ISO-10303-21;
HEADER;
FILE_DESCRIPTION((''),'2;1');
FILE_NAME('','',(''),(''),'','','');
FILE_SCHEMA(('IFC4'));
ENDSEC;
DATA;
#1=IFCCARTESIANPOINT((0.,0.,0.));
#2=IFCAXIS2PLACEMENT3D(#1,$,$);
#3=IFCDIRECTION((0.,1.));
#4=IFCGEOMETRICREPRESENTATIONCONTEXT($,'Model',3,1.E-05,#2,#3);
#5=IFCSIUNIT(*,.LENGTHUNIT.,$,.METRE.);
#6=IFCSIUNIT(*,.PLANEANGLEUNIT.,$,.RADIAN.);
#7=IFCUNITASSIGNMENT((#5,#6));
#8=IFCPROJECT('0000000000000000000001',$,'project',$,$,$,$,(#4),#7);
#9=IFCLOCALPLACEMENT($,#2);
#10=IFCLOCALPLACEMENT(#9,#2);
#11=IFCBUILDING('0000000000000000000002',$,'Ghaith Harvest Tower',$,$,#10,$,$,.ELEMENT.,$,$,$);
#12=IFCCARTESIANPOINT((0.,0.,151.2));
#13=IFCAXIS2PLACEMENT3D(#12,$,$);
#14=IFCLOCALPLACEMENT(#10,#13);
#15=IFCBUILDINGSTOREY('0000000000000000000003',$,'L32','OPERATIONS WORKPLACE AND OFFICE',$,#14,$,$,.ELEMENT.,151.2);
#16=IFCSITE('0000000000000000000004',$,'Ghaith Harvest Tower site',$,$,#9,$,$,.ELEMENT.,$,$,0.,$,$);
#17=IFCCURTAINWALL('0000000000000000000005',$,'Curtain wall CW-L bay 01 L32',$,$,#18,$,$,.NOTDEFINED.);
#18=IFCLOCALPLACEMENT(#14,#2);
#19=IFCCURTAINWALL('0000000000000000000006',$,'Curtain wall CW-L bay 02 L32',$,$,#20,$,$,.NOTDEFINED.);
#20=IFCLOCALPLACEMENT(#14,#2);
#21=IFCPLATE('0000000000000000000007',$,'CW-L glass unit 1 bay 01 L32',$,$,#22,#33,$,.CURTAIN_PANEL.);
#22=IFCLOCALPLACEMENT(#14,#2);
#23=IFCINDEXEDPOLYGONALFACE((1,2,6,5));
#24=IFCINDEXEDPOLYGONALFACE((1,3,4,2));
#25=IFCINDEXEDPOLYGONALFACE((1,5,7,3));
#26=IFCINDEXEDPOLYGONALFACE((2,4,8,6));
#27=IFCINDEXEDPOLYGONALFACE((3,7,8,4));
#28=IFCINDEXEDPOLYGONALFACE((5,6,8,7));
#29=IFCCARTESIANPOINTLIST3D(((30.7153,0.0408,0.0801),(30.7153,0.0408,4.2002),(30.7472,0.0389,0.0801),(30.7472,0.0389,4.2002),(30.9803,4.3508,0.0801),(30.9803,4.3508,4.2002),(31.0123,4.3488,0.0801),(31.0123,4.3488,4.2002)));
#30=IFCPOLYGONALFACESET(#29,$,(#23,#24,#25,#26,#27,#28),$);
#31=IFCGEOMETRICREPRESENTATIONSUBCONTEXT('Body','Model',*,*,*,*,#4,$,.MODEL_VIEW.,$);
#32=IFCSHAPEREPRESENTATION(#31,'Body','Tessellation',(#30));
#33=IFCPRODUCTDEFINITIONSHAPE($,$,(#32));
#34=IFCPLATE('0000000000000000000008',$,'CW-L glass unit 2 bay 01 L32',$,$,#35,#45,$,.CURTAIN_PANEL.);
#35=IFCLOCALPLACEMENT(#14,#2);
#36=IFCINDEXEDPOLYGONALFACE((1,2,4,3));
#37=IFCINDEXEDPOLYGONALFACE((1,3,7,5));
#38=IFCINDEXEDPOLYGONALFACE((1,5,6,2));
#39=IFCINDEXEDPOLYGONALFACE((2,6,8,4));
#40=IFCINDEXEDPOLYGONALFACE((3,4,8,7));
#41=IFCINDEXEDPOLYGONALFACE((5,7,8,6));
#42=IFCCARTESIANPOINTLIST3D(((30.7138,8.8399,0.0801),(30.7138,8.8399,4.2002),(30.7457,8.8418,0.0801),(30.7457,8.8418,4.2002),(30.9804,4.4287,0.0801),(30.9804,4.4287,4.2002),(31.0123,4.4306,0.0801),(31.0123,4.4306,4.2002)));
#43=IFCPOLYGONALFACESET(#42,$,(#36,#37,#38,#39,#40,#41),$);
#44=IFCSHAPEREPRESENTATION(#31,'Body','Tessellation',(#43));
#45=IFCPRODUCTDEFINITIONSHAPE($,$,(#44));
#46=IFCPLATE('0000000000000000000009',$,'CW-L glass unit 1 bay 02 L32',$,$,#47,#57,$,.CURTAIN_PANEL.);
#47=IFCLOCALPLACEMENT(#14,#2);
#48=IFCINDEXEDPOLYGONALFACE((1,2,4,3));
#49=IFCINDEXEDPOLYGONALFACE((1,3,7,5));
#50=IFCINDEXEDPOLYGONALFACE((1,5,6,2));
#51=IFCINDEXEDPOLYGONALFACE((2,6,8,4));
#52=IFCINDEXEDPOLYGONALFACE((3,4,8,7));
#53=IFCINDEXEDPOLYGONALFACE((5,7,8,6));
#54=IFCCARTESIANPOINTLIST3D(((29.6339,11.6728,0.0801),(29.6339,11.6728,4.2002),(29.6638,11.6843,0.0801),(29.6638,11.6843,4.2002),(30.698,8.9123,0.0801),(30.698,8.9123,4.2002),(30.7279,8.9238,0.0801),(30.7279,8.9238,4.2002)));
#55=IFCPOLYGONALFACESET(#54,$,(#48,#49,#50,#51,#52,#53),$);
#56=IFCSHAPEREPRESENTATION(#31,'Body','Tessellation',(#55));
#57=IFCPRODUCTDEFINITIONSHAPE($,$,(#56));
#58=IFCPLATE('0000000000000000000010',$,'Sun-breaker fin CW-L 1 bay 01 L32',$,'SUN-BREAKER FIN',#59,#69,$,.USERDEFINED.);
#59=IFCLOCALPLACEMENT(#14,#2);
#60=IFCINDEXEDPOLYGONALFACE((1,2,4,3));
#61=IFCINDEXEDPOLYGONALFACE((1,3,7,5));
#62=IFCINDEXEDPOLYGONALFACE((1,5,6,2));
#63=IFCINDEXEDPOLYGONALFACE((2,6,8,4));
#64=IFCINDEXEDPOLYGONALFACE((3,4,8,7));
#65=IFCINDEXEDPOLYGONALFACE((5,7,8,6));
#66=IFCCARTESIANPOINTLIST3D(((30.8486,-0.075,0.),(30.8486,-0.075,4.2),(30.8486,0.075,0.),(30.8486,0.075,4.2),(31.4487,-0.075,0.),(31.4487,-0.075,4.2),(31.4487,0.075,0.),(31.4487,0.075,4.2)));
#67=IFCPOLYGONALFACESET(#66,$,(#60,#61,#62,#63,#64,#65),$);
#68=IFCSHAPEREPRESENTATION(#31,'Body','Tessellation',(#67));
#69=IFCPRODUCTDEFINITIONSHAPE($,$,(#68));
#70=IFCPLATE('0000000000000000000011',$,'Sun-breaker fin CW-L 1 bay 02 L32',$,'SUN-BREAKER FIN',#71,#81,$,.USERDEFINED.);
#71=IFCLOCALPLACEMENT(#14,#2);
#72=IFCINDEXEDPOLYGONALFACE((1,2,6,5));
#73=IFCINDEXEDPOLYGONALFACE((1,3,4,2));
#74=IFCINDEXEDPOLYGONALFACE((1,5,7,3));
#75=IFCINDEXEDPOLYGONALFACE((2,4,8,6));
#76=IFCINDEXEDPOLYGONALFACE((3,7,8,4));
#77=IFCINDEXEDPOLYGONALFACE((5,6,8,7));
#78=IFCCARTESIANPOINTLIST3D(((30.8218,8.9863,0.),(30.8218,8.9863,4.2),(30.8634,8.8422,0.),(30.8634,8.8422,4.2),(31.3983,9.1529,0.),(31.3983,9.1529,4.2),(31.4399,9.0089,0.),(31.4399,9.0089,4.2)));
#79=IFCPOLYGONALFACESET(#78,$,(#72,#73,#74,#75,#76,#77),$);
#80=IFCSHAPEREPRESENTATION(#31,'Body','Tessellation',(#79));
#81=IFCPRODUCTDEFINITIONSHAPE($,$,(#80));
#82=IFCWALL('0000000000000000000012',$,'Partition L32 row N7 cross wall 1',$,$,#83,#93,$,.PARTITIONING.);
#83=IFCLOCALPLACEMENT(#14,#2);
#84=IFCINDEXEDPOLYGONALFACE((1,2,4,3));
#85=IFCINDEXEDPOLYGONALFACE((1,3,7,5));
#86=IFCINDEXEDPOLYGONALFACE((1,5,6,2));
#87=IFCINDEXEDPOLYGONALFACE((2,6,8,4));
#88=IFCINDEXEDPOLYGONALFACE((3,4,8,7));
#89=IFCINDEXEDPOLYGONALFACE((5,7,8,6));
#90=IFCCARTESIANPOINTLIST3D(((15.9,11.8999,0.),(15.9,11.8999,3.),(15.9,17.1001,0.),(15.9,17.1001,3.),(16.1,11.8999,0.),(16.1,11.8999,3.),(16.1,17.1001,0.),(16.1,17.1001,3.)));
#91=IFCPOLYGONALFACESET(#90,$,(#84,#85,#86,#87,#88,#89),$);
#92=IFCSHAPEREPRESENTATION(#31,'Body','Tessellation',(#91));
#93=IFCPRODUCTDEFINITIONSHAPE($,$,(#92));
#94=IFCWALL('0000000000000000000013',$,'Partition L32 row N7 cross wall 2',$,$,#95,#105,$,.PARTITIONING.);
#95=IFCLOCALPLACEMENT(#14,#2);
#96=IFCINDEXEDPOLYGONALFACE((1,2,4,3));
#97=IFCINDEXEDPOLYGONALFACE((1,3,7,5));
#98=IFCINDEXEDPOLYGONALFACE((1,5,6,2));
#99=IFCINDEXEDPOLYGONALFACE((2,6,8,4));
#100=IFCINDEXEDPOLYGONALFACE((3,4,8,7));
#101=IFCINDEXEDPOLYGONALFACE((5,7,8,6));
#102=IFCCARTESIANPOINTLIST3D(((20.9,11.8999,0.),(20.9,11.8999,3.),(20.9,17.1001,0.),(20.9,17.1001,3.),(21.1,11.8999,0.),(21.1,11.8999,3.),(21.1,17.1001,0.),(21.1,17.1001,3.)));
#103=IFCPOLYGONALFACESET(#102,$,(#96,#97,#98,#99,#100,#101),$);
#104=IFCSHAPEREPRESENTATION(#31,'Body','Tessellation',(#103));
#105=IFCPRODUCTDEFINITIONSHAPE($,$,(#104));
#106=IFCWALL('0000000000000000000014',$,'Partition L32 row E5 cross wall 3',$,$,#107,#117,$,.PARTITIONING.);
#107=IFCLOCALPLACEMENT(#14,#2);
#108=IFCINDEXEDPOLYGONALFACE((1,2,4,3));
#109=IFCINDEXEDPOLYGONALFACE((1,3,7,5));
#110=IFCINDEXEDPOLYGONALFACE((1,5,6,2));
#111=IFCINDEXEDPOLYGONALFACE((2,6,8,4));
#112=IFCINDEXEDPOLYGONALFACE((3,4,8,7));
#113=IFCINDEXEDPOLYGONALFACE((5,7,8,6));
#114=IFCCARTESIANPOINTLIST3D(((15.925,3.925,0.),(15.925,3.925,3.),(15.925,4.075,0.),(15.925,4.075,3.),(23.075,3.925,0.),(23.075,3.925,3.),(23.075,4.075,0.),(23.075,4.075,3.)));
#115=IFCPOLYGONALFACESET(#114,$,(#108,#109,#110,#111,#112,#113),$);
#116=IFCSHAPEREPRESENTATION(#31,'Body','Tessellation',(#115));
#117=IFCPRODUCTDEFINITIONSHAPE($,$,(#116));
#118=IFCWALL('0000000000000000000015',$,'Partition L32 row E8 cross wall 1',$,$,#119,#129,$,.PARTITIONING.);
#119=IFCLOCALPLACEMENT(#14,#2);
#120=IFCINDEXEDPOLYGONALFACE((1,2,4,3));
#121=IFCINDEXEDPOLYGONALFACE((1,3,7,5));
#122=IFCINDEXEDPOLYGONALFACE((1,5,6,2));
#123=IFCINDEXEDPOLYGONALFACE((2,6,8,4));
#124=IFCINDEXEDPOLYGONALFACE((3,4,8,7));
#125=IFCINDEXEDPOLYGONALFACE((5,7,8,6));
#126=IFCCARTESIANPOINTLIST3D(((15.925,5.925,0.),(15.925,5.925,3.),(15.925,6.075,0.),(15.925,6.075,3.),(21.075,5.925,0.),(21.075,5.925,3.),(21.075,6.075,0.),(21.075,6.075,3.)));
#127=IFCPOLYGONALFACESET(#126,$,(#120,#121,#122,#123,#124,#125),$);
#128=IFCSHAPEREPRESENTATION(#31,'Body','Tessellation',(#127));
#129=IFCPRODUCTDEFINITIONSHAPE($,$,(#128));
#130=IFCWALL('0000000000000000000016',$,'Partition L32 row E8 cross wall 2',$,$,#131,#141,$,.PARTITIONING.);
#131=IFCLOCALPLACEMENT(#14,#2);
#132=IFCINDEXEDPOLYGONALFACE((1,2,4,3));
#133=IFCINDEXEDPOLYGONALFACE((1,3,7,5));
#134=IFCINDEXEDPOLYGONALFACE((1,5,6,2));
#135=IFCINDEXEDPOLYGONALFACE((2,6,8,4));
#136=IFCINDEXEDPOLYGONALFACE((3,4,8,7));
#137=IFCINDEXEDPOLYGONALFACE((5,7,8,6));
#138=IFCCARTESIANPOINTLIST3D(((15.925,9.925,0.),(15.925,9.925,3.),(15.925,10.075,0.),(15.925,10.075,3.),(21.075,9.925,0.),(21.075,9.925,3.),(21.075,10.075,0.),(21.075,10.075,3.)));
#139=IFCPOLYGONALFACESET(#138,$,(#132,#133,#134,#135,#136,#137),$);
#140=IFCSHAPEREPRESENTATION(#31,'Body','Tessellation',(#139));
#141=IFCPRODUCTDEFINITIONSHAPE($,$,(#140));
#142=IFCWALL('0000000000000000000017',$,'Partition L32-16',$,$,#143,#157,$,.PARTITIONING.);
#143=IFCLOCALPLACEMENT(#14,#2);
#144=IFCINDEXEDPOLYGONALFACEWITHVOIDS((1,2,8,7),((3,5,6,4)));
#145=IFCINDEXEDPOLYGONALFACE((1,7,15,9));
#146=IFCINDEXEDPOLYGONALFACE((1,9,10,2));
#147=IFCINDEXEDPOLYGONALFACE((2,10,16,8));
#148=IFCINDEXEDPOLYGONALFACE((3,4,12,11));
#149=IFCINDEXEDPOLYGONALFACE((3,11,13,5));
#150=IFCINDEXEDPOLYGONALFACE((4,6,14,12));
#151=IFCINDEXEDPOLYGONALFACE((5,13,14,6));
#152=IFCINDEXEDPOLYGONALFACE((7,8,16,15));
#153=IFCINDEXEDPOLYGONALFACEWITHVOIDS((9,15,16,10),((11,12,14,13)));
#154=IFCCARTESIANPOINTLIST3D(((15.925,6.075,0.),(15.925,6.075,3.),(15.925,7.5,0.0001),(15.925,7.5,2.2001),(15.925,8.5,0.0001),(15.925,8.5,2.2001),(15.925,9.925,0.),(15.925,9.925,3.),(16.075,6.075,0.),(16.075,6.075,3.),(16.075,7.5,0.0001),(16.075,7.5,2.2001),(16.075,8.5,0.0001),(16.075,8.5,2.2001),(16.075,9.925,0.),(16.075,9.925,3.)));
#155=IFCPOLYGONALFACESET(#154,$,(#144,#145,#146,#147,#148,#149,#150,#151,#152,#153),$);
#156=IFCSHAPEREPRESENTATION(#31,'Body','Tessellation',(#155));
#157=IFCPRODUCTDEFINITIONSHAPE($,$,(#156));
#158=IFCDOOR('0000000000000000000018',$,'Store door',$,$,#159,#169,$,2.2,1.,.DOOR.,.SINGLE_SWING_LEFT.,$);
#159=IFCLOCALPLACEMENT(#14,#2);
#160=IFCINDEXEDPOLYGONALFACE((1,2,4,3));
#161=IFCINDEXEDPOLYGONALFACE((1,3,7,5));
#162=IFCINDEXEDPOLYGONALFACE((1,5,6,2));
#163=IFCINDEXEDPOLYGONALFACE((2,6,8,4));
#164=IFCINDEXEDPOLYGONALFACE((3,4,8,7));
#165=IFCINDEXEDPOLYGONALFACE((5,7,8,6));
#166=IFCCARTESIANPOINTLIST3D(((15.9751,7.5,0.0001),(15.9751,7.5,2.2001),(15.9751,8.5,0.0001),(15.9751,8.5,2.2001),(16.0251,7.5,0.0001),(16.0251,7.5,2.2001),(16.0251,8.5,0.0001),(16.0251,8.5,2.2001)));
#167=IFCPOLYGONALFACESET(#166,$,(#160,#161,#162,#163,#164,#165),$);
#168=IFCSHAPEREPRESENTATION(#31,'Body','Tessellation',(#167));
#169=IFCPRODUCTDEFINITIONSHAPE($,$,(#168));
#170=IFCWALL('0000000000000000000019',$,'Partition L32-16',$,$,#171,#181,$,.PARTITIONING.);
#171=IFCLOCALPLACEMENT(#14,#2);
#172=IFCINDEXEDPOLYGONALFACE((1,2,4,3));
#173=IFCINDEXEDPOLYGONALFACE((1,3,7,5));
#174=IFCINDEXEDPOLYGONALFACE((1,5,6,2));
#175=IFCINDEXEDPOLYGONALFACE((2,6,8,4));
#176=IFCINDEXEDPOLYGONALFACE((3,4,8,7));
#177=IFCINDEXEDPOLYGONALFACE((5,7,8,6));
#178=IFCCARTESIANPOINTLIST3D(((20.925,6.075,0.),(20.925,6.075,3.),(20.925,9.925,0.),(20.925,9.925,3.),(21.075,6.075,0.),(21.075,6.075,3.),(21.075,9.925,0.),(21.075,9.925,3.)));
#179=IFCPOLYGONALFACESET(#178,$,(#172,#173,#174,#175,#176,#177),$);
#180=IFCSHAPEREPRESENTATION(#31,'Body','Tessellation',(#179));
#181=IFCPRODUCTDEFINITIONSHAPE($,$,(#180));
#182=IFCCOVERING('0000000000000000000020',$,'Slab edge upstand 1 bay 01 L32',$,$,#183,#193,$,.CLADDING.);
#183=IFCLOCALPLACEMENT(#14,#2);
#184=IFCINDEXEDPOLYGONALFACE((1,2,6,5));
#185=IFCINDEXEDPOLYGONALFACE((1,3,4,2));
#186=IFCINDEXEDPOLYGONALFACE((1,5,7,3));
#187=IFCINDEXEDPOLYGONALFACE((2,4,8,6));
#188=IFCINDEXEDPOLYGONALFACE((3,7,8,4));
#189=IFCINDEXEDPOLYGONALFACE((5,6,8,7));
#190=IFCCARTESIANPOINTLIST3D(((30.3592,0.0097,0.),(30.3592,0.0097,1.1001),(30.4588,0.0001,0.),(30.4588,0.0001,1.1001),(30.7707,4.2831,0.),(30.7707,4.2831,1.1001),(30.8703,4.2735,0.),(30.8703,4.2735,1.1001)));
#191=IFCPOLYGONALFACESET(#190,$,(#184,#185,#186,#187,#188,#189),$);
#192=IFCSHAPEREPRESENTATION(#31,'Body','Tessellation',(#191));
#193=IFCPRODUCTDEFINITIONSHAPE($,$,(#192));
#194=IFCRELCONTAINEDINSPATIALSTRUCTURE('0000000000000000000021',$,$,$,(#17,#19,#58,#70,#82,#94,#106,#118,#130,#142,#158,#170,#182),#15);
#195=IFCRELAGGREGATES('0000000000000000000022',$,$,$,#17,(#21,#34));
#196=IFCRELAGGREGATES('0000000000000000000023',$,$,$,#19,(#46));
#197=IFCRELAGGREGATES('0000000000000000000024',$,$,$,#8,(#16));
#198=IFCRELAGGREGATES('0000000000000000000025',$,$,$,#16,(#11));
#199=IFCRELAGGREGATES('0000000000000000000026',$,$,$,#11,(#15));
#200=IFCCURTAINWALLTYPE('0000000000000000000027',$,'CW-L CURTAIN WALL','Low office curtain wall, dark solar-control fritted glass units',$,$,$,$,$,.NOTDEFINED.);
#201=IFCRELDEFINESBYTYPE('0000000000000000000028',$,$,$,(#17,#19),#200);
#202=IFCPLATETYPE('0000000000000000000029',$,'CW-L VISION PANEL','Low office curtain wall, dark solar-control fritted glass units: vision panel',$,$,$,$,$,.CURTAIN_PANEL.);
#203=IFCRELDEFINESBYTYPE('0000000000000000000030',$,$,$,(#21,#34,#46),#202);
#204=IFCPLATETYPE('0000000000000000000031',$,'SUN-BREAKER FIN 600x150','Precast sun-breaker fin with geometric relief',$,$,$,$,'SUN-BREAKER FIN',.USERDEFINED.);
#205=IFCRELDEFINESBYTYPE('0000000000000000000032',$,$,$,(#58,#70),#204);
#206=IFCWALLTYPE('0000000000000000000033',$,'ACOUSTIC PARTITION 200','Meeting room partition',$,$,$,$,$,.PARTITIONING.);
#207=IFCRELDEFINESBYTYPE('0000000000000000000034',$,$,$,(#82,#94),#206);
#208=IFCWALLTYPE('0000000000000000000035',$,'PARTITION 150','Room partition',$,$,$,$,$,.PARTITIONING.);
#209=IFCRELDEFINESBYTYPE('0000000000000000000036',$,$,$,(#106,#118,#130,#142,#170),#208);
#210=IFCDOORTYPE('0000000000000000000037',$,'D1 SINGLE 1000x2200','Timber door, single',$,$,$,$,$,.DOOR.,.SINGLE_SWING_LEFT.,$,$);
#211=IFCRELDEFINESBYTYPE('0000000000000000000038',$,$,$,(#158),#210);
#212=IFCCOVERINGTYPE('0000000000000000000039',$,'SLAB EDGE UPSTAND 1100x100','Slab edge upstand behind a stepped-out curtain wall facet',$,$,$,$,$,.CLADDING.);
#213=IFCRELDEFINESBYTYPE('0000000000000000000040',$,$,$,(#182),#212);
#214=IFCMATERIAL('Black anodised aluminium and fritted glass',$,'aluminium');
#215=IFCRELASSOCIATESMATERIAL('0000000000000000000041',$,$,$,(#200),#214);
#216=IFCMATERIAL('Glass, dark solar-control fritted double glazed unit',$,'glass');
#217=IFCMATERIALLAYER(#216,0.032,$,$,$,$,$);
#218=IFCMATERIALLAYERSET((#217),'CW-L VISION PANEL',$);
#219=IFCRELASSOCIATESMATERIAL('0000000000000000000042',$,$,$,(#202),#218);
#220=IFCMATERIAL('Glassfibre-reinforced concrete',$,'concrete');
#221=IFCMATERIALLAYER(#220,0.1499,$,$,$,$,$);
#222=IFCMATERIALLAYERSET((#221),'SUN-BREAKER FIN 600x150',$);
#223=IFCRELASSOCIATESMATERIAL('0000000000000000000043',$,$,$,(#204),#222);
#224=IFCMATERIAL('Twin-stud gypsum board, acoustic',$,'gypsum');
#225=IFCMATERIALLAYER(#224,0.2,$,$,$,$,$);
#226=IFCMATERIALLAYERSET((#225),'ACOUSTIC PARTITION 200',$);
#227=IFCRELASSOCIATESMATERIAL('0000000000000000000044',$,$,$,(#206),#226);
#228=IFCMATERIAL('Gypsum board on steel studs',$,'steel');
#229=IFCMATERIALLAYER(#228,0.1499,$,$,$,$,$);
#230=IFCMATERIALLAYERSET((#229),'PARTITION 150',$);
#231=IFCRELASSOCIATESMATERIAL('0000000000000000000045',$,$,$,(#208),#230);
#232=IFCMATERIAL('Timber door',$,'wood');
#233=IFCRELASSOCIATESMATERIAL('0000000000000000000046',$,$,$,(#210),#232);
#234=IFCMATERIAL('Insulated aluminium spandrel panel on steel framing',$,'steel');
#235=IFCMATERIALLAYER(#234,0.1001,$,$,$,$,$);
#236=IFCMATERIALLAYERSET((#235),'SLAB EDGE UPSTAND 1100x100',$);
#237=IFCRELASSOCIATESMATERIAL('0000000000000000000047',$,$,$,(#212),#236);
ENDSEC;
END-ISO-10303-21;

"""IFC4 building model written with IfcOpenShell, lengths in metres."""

from ifc_helpers import new_model, si_unit, direction, frame, frame_2d, origin, origin_2d, place, context, subcontext, project, spatial, rectangle, extrude, material, layer, layer_set, type_object, element, fill, aggregate, save


model = new_model("IFC4")

# Units and contexts
model_context = context("Model", 3, precision=1e-05, world=origin(), true_north=direction((0.0, 1.0)))
body_context = subcontext(model_context, "Body", "Model", "MODEL_VIEW")
ifc_project = project(units=[si_unit("LENGTHUNIT", "METRE"), si_unit("PLANEANGLEUNIT", "RADIAN")], contexts=[model_context])

# Site, building, storey
site_placement = place(None, origin())
site = spatial("IfcSite", under=ifc_project, at=site_placement, Name="Ghaith Harvest Tower site", CompositionType="ELEMENT", RefElevation=0.0)
building_placement = place(site_placement, origin())
building = spatial("IfcBuilding", under=site, at=building_placement, Name="Ghaith Harvest Tower", CompositionType="ELEMENT")
storey_placement = place(building_placement, frame((0.0, 0.0, 151.2)))
storey = spatial("IfcBuildingStorey", under=building, at=storey_placement, Name="L32", Description="OPERATIONS WORKPLACE AND OFFICE", CompositionType="ELEMENT", Elevation=151.2)

# Curtain walls
ifc_material_1 = material(Name="Black anodised aluminium and fritted glass", Category="aluminium")
curtain_wall_type = type_object("IfcCurtainWallType", Name="CW-L CURTAIN WALL", Description="Low office curtain wall, dark solar-control fritted glass units", PredefinedType="NOTDEFINED", material=ifc_material_1)
curtain_wall_1_placement = place(storey_placement, origin())
curtain_wall_1 = element("IfcCurtainWall", 1, at=curtain_wall_1_placement, inside=storey, type_object=curtain_wall_type, Name="Curtain wall CW-L bay 01 L32", PredefinedType="NOTDEFINED")
curtain_wall_2_placement = place(storey_placement, origin())
curtain_wall_2 = element("IfcCurtainWall", 2, at=curtain_wall_2_placement, inside=storey, type_object=curtain_wall_type, Name="Curtain wall CW-L bay 02 L32", PredefinedType="NOTDEFINED")

# Plates
ifc_material_2 = material(Name="Glass, dark solar-control fritted double glazed unit", Category="glass")
ifc_layer_1 = layer(ifc_material_2, 0.032)
ifc_layer_set_1 = layer_set([ifc_layer_1], Name="CW-L VISION PANEL")
plate_type_1 = type_object("IfcPlateType", Name="CW-L VISION PANEL", Description="Low office curtain wall, dark solar-control fritted glass units: vision panel", PredefinedType="CURTAIN_PANEL", material=ifc_layer_set_1)
plate_1_placement = place(storey_placement, frame((30.8638, 2.1948, 0.0801), z_axis=(0.0, 0.0, 1.0), x_axis=(0.06138, 0.998114, 0.0)))
plate_1 = element("IfcPlate", 3, at=plate_1_placement, type_object=plate_type_1, Name="CW-L glass unit 1 bay 01 L32", PredefinedType="CURTAIN_PANEL", context=body_context, shape_type="SweptSolid", body=[
    extrude(rectangle(XDim=4.3181, YDim=0.032, at=origin_2d()), origin(), (0.0, 0.0, 1.0), 4.1201),
])
plate_2_placement = place(storey_placement, frame((30.863, 6.6353, 0.0801), z_axis=(0.0, 0.0, 1.0), x_axis=(-0.060321, 0.998179, 0.0)))
plate_2 = element("IfcPlate", 4, at=plate_2_placement, type_object=plate_type_1, Name="CW-L glass unit 2 bay 01 L32", PredefinedType="CURTAIN_PANEL", context=body_context, shape_type="SweptSolid", body=[
    extrude(rectangle(XDim=4.4192, YDim=0.032, at=origin_2d()), origin(), (0.0, 0.0, 1.0), 4.1201),
])
aggregate(curtain_wall_1, [plate_1, plate_2])
plate_3_placement = place(storey_placement, frame((30.1809, 10.2983, 0.0801), z_axis=(0.0, 0.0, 1.0), x_axis=(-0.359677, 0.933077, 0.0)))
plate_3 = element("IfcPlate", 5, at=plate_3_placement, type_object=plate_type_1, Name="CW-L glass unit 1 bay 02 L32", PredefinedType="CURTAIN_PANEL", context=body_context, shape_type="SweptSolid", body=[
    extrude(rectangle(XDim=2.9585, YDim=0.032, at=origin_2d()), origin(), (0.0, 0.0, 1.0), 4.1201),
])
aggregate(curtain_wall_2, [plate_3])

# Plates
ifc_material_3 = material(Name="Glassfibre-reinforced concrete", Category="concrete")
ifc_layer_2 = layer(ifc_material_3, 0.1499)
ifc_layer_set_2 = layer_set([ifc_layer_2], Name="SUN-BREAKER FIN 600x150")
plate_type_2 = type_object("IfcPlateType", Name="SUN-BREAKER FIN 600x150", Description="Precast sun-breaker fin with geometric relief", ElementType="SUN-BREAKER FIN", PredefinedType="USERDEFINED", material=ifc_layer_set_2)
for number, where, z_axis, x_axis, name in (
    (6, (31.1487, 0.0, 0.0), (0.0, 0.0, 1.0), (1.0, 0.0, 0.0), "Sun-breaker fin CW-L 1 bay 01 L32"),
    (7, (31.1309, 8.9976, 0.0), (0.0, 0.0, 1.0), (0.96068, 0.277657, 0.0), "Sun-breaker fin CW-L 1 bay 02 L32"),
):
    element("IfcPlate", number, at=place(storey_placement, frame(where, z_axis=z_axis, x_axis=x_axis)), inside=storey, type_object=plate_type_2, Name=name, ObjectType="SUN-BREAKER FIN", PredefinedType="USERDEFINED", context=body_context, shape_type="SweptSolid", body=[
        extrude(rectangle(XDim=0.6001, YDim=0.1499, at=origin_2d()), origin(), (0.0, 0.0, 1.0), 4.2),
    ])

# Walls
ifc_material_4 = material(Name="Twin-stud gypsum board, acoustic", Category="gypsum")
ifc_layer_3 = layer(ifc_material_4, 0.2)
ifc_layer_set_3 = layer_set([ifc_layer_3], Name="ACOUSTIC PARTITION 200")
wall_type_1 = type_object("IfcWallType", Name="ACOUSTIC PARTITION 200", Description="Meeting room partition", PredefinedType="PARTITIONING", material=ifc_layer_set_3)
for number, where, z_axis, x_axis, name in (
    (8, (16.0, 11.8999, 0.0), (0.0, 0.0, 1.0), (0.0, 1.0, 0.0), "Partition L32 row N7 cross wall 1"),
    (9, (21.0, 11.8999, 0.0), (0.0, 0.0, 1.0), (0.0, 1.0, 0.0), "Partition L32 row N7 cross wall 2"),
):
    element("IfcWall", number, at=place(storey_placement, frame(where, z_axis=z_axis, x_axis=x_axis)), inside=storey, type_object=wall_type_1, Name=name, PredefinedType="PARTITIONING", context=body_context, shape_type="SweptSolid", body=[
        extrude(rectangle(XDim=5.2002, YDim=0.2, at=frame_2d((2.6001, 0.0))), origin(), (0.0, 0.0, 1.0), 3.0),
    ])
ifc_material_5 = material(Name="Gypsum board on steel studs", Category="steel")
ifc_layer_4 = layer(ifc_material_5, 0.1499)
ifc_layer_set_4 = layer_set([ifc_layer_4], Name="PARTITION 150")
wall_type_2 = type_object("IfcWallType", Name="PARTITION 150", Description="Room partition", PredefinedType="PARTITIONING", material=ifc_layer_set_4)
wall_1_placement = place(storey_placement, frame((15.925, 4.0, 0.0), z_axis=(0.0, 0.0, 1.0), x_axis=(1.0, 0.0, 0.0)))
element("IfcWall", 10, at=wall_1_placement, inside=storey, type_object=wall_type_2, Name="Partition L32 row E5 cross wall 3", PredefinedType="PARTITIONING", context=body_context, shape_type="SweptSolid", body=[
    extrude(rectangle(XDim=7.1499, YDim=0.1499, at=frame_2d((3.575, 0.0))), origin(), (0.0, 0.0, 1.0), 3.0),
])
for number, where, z_axis, x_axis, name in (
    (11, (15.925, 6.0, 0.0), (0.0, 0.0, 1.0), (1.0, 0.0, 0.0), "Partition L32 row E8 cross wall 1"),
    (12, (15.925, 10.0, 0.0), (0.0, 0.0, 1.0), (1.0, 0.0, 0.0), "Partition L32 row E8 cross wall 2"),
):
    element("IfcWall", number, at=place(storey_placement, frame(where, z_axis=z_axis, x_axis=x_axis)), inside=storey, type_object=wall_type_2, Name=name, PredefinedType="PARTITIONING", context=body_context, shape_type="SweptSolid", body=[
        extrude(rectangle(XDim=5.1499, YDim=0.1499, at=frame_2d((2.575, 0.0))), origin(), (0.0, 0.0, 1.0), 3.0),
    ])

# Wall, opening, door
wall_2_placement = place(storey_placement, frame((16.0, 6.075, 0.0), z_axis=(0.0, 0.0, 1.0), x_axis=(0.0, 1.0, 0.0)))
wall_2 = element("IfcWall", 13, at=wall_2_placement, inside=storey, type_object=wall_type_2, Name="Partition L32-16", PredefinedType="PARTITIONING", context=body_context, shape_type="SweptSolid", body=[
    extrude(rectangle(XDim=3.8501, YDim=0.1499, at=frame_2d((1.925, 0.0))), origin(), (0.0, 0.0, 1.0), 3.0),
])
opening_placement = place(wall_2_placement, frame((1.425, 0.0, 0.0)))
opening = element("IfcOpeningElement", 14, at=opening_placement, cuts=wall_2, PredefinedType="OPENING", context=body_context, shape_type="SweptSolid", body=[
    extrude(rectangle(XDim=1.0, YDim=2.2, at=frame_2d((0.5, 1.1001))), frame((0.0, 0.085, 0.0), z_axis=(0.0, -1.0, 0.0), x_axis=(1.0, 0.0, 0.0)), (0.0, 0.0, 1.0), 0.1699),
])
ifc_material_6 = material(Name="Timber door", Category="wood")
door_type = type_object("IfcDoorType", Name="D1 SINGLE 1000x2200", Description="Timber door, single", OperationType="SINGLE_SWING_LEFT", PredefinedType="DOOR", material=ifc_material_6)
door_placement = place(opening_placement, origin())
door = element("IfcDoor", 15, at=door_placement, inside=storey, type_object=door_type, Name="Store door", OperationType="SINGLE_SWING_LEFT", OverallHeight=2.2, OverallWidth=1.0, PredefinedType="DOOR", context=body_context, shape_type="SweptSolid", body=[
    extrude(rectangle(XDim=1.0, YDim=2.2, at=frame_2d((0.5, 1.1001))), frame((0.0, 0.0249, 0.0), z_axis=(0.0, -1.0, 0.0), x_axis=(1.0, 0.0, 0.0)), (0.0, 0.0, 1.0), 0.05),
])
fill(opening, door)

# Wall
wall_3_placement = place(storey_placement, frame((21.0, 6.075, 0.0), z_axis=(0.0, 0.0, 1.0), x_axis=(0.0, 1.0, 0.0)))
element("IfcWall", 16, at=wall_3_placement, inside=storey, type_object=wall_type_2, Name="Partition L32-16", PredefinedType="PARTITIONING", context=body_context, shape_type="SweptSolid", body=[
    extrude(rectangle(XDim=3.8501, YDim=0.1499, at=frame_2d((1.925, 0.0))), origin(), (0.0, 0.0, 1.0), 3.0),
])

# Covering
ifc_material_7 = material(Name="Insulated aluminium spandrel panel on steel framing", Category="steel")
ifc_layer_5 = layer(ifc_material_7, 0.1001)
ifc_layer_set_5 = layer_set([ifc_layer_5], Name="SLAB EDGE UPSTAND 1100x100")
covering_type = type_object("IfcCoveringType", Name="SLAB EDGE UPSTAND 1100x100", Description="Slab edge upstand behind a stepped-out curtain wall facet", PredefinedType="CLADDING", material=ifc_layer_set_5)
covering_1_placement = place(storey_placement, frame((30.6147, 2.1416, 0.0), z_axis=(0.0, 0.0, 1.0), x_axis=(0.095861, 0.995395, 0.0)))
element("IfcCovering", 17, at=covering_1_placement, inside=storey, type_object=covering_type, Name="Slab edge upstand 1 bay 01 L32", PredefinedType="CLADDING", context=body_context, shape_type="SweptSolid", body=[
    extrude(rectangle(XDim=4.2932, YDim=0.1001, at=origin_2d()), origin(), (0.0, 0.0, 1.0), 1.1001),
])

save(model, "model.ifc")
